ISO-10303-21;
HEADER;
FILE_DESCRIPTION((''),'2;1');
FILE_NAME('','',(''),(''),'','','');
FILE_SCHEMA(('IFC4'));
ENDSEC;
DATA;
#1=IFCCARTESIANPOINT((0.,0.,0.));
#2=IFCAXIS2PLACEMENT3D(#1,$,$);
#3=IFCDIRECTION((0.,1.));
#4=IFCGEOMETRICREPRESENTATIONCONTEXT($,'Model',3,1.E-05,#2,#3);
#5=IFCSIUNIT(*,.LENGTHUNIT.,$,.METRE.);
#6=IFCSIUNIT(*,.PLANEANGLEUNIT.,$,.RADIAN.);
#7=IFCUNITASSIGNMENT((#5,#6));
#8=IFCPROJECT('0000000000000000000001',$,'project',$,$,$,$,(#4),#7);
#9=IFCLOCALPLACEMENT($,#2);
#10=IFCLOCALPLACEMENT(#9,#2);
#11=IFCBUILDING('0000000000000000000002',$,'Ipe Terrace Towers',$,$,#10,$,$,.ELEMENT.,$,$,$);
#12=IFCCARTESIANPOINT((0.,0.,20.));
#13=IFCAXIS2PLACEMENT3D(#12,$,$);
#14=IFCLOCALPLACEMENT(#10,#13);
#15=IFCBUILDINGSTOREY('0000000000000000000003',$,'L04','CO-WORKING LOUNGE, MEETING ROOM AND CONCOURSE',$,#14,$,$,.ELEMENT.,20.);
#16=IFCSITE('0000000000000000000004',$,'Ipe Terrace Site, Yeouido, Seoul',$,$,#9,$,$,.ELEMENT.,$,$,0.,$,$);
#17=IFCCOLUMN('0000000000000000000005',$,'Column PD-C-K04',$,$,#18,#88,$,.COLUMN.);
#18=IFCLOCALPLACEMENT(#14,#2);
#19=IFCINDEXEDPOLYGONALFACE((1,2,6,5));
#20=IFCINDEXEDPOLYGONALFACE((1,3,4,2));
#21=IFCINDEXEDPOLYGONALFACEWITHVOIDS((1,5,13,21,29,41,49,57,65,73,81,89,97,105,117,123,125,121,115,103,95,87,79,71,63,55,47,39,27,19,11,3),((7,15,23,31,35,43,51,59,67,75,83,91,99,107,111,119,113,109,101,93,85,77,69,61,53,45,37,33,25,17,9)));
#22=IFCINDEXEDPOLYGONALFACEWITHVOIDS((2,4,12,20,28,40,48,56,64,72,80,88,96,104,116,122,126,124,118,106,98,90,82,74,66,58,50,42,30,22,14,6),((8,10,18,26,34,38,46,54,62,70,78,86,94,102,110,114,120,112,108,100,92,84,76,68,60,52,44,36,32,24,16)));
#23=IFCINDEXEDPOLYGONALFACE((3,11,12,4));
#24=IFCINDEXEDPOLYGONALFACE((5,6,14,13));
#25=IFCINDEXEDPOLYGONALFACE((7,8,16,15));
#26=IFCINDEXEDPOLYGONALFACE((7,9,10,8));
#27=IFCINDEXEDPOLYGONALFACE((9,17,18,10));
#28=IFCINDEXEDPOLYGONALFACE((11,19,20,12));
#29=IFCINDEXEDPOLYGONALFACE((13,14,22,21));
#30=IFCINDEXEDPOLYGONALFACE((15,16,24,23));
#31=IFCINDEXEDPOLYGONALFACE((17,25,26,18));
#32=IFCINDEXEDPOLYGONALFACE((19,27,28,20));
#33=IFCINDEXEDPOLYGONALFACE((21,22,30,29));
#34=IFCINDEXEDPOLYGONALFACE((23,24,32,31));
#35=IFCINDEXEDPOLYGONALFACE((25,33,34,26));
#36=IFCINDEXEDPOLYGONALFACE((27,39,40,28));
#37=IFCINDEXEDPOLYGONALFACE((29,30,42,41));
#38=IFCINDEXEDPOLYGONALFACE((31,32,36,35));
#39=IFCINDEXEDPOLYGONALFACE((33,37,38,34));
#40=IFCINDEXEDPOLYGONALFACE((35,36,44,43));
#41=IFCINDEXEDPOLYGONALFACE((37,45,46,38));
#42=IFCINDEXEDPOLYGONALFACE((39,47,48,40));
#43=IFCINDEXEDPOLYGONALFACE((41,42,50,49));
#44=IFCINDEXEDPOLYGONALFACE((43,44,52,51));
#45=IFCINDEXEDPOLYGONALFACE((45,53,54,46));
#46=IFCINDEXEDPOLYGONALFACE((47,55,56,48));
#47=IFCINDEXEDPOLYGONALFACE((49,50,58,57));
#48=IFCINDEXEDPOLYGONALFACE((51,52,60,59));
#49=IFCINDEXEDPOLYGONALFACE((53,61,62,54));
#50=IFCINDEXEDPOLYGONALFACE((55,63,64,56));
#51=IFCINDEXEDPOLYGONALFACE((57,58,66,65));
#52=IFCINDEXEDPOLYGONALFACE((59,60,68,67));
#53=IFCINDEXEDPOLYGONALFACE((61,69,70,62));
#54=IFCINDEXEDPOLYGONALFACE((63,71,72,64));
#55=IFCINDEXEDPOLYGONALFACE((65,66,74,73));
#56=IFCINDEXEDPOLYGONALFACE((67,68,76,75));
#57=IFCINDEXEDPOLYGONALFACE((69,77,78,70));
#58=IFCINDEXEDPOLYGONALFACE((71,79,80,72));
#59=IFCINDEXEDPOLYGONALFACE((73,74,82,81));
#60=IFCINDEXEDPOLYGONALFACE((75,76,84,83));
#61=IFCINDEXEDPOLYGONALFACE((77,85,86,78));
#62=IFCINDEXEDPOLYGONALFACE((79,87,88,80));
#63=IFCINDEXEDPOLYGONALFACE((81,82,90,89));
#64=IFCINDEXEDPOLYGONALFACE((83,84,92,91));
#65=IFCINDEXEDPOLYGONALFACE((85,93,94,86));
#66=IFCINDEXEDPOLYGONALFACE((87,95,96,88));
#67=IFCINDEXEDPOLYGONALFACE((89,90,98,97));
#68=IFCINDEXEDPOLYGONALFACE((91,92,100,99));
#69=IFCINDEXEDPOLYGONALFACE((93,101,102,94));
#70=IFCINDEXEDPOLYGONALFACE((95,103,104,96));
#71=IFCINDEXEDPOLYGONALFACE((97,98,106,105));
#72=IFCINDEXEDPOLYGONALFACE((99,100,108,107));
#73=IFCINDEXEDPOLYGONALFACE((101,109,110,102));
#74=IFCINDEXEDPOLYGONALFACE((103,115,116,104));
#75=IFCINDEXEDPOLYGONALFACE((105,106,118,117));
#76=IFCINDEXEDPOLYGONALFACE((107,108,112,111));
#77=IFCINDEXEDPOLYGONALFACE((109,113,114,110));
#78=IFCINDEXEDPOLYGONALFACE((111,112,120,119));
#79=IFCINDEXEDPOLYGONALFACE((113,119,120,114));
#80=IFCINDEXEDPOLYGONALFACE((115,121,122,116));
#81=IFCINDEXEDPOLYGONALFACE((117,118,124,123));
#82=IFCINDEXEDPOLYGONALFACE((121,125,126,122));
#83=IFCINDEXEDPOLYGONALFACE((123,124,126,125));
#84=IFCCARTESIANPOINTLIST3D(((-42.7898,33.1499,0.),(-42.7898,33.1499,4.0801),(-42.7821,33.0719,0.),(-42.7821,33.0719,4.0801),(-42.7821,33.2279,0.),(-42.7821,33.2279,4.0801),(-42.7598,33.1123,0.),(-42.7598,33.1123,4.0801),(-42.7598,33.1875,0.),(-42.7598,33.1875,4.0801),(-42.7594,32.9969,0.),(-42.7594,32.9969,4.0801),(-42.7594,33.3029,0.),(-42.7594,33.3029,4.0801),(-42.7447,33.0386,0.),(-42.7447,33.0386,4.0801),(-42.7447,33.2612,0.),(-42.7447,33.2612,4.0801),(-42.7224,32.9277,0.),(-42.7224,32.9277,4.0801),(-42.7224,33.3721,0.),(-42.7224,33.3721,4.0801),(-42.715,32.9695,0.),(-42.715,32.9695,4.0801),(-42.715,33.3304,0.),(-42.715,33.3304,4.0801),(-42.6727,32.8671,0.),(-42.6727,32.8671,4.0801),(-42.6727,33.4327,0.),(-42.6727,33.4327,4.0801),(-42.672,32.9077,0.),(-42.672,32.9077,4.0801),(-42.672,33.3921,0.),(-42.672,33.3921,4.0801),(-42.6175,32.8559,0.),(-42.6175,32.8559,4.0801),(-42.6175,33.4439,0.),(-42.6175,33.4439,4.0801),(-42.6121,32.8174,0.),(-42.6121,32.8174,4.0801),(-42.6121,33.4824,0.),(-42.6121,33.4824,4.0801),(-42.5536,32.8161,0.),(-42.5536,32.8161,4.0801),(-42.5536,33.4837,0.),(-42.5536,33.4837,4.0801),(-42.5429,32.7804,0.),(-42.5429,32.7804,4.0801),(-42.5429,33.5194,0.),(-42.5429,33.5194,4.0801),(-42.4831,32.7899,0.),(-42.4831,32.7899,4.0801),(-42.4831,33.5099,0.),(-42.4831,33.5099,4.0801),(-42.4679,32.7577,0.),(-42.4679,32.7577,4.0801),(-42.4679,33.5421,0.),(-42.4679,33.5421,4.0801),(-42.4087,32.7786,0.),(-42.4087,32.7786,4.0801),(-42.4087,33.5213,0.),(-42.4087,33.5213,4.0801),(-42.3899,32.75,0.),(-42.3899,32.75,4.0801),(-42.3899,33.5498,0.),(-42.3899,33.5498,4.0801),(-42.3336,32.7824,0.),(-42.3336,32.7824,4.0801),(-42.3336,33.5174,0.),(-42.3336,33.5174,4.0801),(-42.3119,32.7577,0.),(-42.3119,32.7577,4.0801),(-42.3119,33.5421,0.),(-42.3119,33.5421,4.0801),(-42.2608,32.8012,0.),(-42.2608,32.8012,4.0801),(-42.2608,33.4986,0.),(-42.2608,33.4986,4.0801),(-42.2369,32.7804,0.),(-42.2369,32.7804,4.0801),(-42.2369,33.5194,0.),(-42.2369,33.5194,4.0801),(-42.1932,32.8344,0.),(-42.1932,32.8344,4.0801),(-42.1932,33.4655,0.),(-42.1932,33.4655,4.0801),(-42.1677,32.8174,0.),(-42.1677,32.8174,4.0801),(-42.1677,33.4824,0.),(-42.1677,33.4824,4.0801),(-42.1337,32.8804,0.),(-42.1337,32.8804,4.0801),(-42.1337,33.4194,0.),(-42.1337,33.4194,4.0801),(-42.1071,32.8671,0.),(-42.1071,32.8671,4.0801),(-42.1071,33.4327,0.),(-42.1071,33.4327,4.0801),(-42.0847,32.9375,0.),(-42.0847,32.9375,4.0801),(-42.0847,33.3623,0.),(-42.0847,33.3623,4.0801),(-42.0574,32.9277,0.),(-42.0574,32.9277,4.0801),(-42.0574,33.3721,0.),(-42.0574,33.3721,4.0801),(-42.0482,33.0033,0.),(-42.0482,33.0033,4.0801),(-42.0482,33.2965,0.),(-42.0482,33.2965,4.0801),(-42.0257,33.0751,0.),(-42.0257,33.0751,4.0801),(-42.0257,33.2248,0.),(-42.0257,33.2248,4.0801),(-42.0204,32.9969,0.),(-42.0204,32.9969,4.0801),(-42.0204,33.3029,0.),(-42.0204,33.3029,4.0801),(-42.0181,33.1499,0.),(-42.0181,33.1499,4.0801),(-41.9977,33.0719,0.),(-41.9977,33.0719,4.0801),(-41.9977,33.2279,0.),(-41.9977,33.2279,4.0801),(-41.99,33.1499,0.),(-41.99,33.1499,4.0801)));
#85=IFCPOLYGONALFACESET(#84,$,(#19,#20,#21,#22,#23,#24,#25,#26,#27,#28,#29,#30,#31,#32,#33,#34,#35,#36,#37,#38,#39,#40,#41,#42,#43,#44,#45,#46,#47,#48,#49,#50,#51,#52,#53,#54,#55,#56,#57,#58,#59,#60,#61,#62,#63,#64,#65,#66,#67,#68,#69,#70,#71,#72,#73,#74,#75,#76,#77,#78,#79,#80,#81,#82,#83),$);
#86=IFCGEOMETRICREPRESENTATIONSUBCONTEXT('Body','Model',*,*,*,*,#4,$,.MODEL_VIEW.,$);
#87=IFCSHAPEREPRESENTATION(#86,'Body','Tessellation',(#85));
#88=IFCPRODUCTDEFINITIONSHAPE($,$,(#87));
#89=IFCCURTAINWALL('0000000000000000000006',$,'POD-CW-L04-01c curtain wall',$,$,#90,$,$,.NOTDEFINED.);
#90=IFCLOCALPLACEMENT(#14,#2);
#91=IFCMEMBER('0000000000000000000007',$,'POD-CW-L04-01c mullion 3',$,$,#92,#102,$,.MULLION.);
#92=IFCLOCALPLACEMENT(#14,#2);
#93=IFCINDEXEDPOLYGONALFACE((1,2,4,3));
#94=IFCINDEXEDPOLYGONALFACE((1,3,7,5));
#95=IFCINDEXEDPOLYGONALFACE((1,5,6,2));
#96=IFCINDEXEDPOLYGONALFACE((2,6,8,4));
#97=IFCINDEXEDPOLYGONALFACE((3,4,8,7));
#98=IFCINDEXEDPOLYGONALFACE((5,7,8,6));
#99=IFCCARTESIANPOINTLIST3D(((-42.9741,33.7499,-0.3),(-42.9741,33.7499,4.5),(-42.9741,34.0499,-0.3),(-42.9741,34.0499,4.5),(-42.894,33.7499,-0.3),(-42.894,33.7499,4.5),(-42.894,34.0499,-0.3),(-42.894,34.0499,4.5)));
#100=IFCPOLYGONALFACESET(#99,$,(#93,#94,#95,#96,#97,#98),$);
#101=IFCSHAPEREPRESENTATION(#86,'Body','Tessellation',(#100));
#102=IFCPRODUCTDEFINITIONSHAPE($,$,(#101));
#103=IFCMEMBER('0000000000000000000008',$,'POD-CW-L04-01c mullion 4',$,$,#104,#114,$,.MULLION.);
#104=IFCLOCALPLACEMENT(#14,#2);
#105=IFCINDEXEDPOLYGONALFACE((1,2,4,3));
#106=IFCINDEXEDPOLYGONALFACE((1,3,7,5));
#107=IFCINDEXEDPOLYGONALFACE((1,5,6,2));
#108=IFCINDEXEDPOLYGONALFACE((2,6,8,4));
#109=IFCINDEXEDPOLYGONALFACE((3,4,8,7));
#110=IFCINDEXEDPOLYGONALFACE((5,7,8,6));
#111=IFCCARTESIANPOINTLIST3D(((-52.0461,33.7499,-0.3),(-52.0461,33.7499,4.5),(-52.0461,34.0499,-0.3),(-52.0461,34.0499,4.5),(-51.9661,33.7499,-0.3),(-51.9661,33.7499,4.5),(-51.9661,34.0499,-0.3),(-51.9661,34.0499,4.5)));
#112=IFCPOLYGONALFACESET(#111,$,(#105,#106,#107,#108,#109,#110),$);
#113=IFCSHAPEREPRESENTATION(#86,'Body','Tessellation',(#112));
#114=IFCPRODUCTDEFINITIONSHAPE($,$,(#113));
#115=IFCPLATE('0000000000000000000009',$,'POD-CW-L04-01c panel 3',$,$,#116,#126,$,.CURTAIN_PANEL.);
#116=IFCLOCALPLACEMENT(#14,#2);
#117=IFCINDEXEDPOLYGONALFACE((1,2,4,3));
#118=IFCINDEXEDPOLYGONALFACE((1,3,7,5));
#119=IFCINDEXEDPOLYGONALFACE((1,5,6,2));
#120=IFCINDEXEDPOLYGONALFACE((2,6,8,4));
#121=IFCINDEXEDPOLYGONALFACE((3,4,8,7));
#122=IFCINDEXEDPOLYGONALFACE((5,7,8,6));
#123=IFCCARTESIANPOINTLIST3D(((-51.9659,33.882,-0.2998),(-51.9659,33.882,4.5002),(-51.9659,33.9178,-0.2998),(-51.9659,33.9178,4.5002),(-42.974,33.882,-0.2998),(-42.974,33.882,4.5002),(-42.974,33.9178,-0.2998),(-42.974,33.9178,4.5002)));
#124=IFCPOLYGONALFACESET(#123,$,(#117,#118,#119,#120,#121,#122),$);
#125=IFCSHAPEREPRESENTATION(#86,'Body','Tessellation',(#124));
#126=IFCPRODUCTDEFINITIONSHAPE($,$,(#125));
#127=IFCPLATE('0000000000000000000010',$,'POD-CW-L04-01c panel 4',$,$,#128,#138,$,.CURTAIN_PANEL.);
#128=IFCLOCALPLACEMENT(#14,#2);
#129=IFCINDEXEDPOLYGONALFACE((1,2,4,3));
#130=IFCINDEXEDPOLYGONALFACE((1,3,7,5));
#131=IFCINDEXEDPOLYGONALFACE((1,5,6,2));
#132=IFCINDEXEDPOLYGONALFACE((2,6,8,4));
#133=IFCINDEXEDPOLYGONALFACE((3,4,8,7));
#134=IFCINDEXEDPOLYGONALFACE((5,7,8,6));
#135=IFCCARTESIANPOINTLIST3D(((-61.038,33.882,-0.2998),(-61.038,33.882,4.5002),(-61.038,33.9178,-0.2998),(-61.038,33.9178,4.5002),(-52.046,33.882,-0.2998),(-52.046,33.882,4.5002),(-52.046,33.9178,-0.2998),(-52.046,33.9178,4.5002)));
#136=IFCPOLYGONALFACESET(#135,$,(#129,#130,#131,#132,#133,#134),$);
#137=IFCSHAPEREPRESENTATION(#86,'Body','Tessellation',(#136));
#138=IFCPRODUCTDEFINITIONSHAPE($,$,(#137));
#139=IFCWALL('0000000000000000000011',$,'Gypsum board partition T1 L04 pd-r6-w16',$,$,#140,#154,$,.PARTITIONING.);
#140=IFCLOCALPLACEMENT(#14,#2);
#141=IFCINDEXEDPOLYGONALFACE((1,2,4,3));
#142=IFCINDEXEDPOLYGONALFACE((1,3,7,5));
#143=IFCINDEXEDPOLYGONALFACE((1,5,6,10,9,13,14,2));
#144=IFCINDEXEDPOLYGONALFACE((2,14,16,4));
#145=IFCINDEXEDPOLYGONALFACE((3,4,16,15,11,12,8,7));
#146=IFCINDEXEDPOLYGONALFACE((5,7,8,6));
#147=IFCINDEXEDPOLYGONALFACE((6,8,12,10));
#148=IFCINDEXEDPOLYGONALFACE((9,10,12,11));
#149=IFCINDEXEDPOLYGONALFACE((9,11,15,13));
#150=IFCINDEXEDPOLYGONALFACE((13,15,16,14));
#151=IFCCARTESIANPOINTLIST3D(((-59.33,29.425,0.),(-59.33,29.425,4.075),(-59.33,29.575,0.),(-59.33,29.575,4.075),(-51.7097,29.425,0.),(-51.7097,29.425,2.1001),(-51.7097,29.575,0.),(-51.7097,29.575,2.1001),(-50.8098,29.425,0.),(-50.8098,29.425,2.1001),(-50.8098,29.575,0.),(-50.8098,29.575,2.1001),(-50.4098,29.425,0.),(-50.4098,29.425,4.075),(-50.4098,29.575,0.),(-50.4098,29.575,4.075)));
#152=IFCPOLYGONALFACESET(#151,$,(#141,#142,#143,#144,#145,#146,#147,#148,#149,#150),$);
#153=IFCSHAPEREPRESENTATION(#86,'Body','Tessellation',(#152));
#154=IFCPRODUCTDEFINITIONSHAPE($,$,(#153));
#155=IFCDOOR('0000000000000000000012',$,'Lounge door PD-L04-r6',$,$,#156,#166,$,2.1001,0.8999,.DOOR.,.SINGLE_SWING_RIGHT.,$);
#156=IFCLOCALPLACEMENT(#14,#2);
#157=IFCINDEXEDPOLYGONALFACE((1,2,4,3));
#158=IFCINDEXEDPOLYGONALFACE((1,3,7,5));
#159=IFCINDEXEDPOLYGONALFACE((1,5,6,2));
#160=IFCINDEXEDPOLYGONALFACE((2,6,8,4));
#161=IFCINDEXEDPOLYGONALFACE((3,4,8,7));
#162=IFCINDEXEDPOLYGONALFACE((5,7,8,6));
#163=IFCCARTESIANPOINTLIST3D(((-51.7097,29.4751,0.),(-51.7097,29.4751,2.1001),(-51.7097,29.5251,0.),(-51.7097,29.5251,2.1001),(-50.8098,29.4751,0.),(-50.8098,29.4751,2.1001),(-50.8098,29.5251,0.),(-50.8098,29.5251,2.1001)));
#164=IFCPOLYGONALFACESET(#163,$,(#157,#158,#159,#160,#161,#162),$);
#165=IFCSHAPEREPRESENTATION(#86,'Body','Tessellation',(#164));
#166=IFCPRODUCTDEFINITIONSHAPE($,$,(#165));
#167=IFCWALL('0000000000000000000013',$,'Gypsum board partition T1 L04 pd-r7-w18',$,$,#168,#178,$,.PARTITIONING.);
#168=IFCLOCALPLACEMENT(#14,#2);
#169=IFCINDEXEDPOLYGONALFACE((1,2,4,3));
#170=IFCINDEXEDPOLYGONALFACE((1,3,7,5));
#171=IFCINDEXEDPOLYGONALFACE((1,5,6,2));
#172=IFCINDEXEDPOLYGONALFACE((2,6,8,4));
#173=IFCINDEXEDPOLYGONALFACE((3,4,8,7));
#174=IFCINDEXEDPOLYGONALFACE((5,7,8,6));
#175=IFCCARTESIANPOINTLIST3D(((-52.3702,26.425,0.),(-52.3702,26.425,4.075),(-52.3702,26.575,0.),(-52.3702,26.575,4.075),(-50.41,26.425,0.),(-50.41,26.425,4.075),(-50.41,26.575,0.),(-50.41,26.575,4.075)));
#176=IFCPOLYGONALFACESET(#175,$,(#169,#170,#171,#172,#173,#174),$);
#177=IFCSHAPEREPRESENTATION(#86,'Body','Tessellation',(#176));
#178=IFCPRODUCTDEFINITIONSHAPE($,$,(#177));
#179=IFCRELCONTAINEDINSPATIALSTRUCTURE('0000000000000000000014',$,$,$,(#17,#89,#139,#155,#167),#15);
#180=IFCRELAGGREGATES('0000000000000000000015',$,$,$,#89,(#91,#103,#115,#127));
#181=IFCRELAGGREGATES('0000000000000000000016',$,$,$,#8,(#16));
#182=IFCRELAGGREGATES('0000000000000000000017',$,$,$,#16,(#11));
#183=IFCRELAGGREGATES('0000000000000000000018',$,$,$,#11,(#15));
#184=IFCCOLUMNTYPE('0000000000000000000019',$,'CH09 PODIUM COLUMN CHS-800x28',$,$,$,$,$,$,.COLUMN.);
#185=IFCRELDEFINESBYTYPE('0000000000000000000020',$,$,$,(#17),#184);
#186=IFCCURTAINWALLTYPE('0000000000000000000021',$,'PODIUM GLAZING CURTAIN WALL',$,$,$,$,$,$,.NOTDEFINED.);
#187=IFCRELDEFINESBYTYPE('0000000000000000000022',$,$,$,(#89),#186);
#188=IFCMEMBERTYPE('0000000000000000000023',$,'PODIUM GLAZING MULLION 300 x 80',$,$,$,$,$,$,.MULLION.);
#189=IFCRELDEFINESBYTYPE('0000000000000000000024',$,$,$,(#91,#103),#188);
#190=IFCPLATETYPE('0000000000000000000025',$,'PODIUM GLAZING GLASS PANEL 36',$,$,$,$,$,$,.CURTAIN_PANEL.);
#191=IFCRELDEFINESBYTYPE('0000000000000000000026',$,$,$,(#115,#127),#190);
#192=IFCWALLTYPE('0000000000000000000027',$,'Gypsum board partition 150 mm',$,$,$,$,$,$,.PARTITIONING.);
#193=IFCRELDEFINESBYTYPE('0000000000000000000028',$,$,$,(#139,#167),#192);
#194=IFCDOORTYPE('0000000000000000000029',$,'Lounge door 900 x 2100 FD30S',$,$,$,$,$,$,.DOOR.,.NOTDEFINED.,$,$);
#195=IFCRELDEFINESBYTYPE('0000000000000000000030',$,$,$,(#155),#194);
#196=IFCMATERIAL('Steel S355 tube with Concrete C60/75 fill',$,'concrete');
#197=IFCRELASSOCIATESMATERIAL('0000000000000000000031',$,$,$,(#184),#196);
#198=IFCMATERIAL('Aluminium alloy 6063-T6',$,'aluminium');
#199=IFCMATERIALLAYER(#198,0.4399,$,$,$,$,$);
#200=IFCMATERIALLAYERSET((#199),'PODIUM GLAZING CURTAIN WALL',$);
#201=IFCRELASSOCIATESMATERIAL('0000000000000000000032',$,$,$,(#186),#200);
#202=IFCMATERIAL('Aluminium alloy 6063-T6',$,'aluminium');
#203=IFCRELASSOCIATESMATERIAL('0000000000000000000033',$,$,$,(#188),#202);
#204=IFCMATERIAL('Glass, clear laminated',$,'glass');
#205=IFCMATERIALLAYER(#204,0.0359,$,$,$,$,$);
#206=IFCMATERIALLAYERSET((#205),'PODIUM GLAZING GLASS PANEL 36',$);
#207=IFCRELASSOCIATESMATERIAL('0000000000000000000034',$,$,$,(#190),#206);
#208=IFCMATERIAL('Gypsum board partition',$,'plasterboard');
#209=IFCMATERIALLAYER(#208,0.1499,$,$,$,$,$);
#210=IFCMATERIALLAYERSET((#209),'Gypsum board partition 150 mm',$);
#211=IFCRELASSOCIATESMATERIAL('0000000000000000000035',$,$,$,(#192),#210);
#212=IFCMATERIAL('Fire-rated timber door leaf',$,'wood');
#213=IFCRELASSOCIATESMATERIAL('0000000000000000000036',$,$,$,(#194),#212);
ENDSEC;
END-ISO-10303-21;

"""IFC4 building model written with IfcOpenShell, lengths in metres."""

from ifc_helpers import new_model, si_unit, direction, frame, frame_2d, origin, origin_2d, place, context, subcontext, project, spatial, rectangle, hollow_circle, extrude, material, layer, layer_set, material_profile, profile_set, type_object, element, fill, aggregate, save


model = new_model("IFC4")

# Units and contexts
model_context = context("Model", 3, precision=1e-05, world=origin(), true_north=direction((0.0, 1.0)))
body_context = subcontext(model_context, "Body", "Model", "MODEL_VIEW")
ifc_project = project(units=[si_unit("LENGTHUNIT", "METRE"), si_unit("PLANEANGLEUNIT", "RADIAN")], contexts=[model_context])

# Site, building, storey
site_placement = place(None, origin())
site = spatial("IfcSite", under=ifc_project, at=site_placement, Name="Ipe Terrace Site, Yeouido, Seoul", CompositionType="ELEMENT", RefElevation=0.0)
building_placement = place(site_placement, origin())
building = spatial("IfcBuilding", under=site, at=building_placement, Name="Ipe Terrace Towers", CompositionType="ELEMENT")
storey_placement = place(building_placement, frame((0.0, 0.0, 20.0)))
storey = spatial("IfcBuildingStorey", under=building, at=storey_placement, Name="L04", Description="CO-WORKING LOUNGE, MEETING ROOM AND CONCOURSE", CompositionType="ELEMENT", Elevation=20.0)

# Column
ifc_material_1 = material(Name="Steel S355 tube with Concrete C60/75 fill", Category="concrete")
ifc_material_profile_1 = material_profile(ifc_material_1, hollow_circle(Radius=0.3999, WallThickness=0.0281, at=origin_2d()), Name="CHS-800x28")
ifc_profile_set_1 = profile_set([ifc_material_profile_1], Name="Steel S355 tube with Concrete C60/75 fill")
column_type = type_object("IfcColumnType", Name="CH09 PODIUM COLUMN CHS-800x28", PredefinedType="COLUMN", material=ifc_profile_set_1)
for number, where, z_axis, x_axis, name in (
    (1, (-42.3899, 33.1499, 0.0), (0.0, 0.0, 1.0), (1.0, 0.0, 0.0), "Column PD-C-K04"),
):
    element("IfcColumn", number, at=place(storey_placement, frame(where, z_axis=z_axis, x_axis=x_axis)), inside=storey, type_object=column_type, Name=name, PredefinedType="COLUMN", context=body_context, shape_type="SweptSolid", body=[
        extrude(hollow_circle(Radius=0.3999, WallThickness=0.0281, at=origin_2d()), origin(), (0.0, 0.0, 1.0), 4.0801),
    ])

# Curtain wall, members, plates
ifc_material_2 = material(Name="Aluminium alloy 6063-T6", Category="aluminium")
ifc_layer_1 = layer(ifc_material_2, 0.4399)
ifc_layer_set_1 = layer_set([ifc_layer_1], Name="PODIUM GLAZING CURTAIN WALL")
curtain_wall_type = type_object("IfcCurtainWallType", Name="PODIUM GLAZING CURTAIN WALL", PredefinedType="NOTDEFINED", material=ifc_layer_set_1)
curtain_wall_placement = place(storey_placement, origin())
curtain_wall = element("IfcCurtainWall", 2, at=curtain_wall_placement, inside=storey, type_object=curtain_wall_type, Name="POD-CW-L04-01c curtain wall", PredefinedType="NOTDEFINED")
ifc_material_3 = material(Name="Aluminium alloy 6063-T6", Category="aluminium")
ifc_material_profile_2 = material_profile(ifc_material_3, rectangle(XDim=0.3, YDim=0.0801, at=origin_2d()), Name="PODIUM GLAZING MULLION 300 x 80")
ifc_profile_set_2 = profile_set([ifc_material_profile_2], Name="Aluminium alloy 6063-T6")
member_type = type_object("IfcMemberType", Name="PODIUM GLAZING MULLION 300 x 80", PredefinedType="MULLION", material=ifc_profile_set_2)
member_1_placement = place(storey_placement, frame((-42.9341, 33.8999, -0.3), z_axis=(0.0, 0.0, 1.0), x_axis=(0.0, 1.0, 0.0)))
member_1 = element("IfcMember", 3, at=member_1_placement, type_object=member_type, Name="POD-CW-L04-01c mullion 3", PredefinedType="MULLION", context=body_context, shape_type="SweptSolid", body=[
    extrude(rectangle(XDim=0.3, YDim=0.0801, at=origin_2d()), origin(), (0.0, 0.0, 1.0), 4.8),
])
member_2_placement = place(storey_placement, frame((-52.0061, 33.8999, -0.3), z_axis=(0.0, 0.0, 1.0), x_axis=(0.0, 1.0, 0.0)))
member_2 = element("IfcMember", 4, at=member_2_placement, type_object=member_type, Name="POD-CW-L04-01c mullion 4", PredefinedType="MULLION", context=body_context, shape_type="SweptSolid", body=[
    extrude(rectangle(XDim=0.3, YDim=0.0801, at=origin_2d()), origin(), (0.0, 0.0, 1.0), 4.8),
])
ifc_material_4 = material(Name="Glass, clear laminated", Category="glass")
ifc_layer_2 = layer(ifc_material_4, 0.0359)
ifc_layer_set_2 = layer_set([ifc_layer_2], Name="PODIUM GLAZING GLASS PANEL 36")
plate_type = type_object("IfcPlateType", Name="PODIUM GLAZING GLASS PANEL 36", PredefinedType="CURTAIN_PANEL", material=ifc_layer_set_2)
plate_1_placement = place(storey_placement, frame((-47.47, 33.8999, -0.2998), z_axis=(0.0, 0.0, 1.0), x_axis=(-1.0, 0.0, 0.0)))
plate_1 = element("IfcPlate", 5, at=plate_1_placement, type_object=plate_type, Name="POD-CW-L04-01c panel 3", PredefinedType="CURTAIN_PANEL", context=body_context, shape_type="SweptSolid", body=[
    extrude(rectangle(XDim=8.9919, YDim=0.0359, at=origin_2d()), origin(), (0.0, 0.0, 1.0), 4.8),
])
plate_2_placement = place(storey_placement, frame((-56.542, 33.8999, -0.2998), z_axis=(0.0, 0.0, 1.0), x_axis=(-1.0, 0.0, 0.0)))
plate_2 = element("IfcPlate", 6, at=plate_2_placement, type_object=plate_type, Name="POD-CW-L04-01c panel 4", PredefinedType="CURTAIN_PANEL", context=body_context, shape_type="SweptSolid", body=[
    extrude(rectangle(XDim=8.9919, YDim=0.0359, at=origin_2d()), origin(), (0.0, 0.0, 1.0), 4.8),
])
aggregate(curtain_wall, [member_1, member_2, plate_1, plate_2])

# Wall, opening, door
ifc_material_5 = material(Name="Gypsum board partition", Category="plasterboard")
ifc_layer_3 = layer(ifc_material_5, 0.1499)
ifc_layer_set_3 = layer_set([ifc_layer_3], Name="Gypsum board partition 150 mm")
wall_type_1 = type_object("IfcWallType", Name="Gypsum board partition 150 mm", PredefinedType="PARTITIONING", material=ifc_layer_set_3)
wall_1_placement = place(storey_placement, frame((-50.4099, 29.5, 0.0), z_axis=(0.0, 0.0, 1.0), x_axis=(-1.0, 0.0, 0.0)))
wall_1 = element("IfcWall", 7, at=wall_1_placement, inside=storey, type_object=wall_type_1, Name="Gypsum board partition T1 L04 pd-r6-w16", PredefinedType="PARTITIONING", context=body_context, shape_type="SweptSolid", body=[
    extrude(rectangle(XDim=8.9202, YDim=0.1499, at=frame_2d((4.46, 0.0))), origin(), (0.0, 0.0, 1.0), 4.075),
])
opening_1_placement = place(wall_1_placement, frame((0.3999, 0.0, 0.0)))
opening_1 = element("IfcOpeningElement", 8, at=opening_1_placement, cuts=wall_1, PredefinedType="OPENING", context=body_context, shape_type="SweptSolid", body=[
    extrude(rectangle(XDim=0.8999, YDim=2.1001, at=frame_2d((0.45, 1.05))), frame((0.0, 0.085, 0.0), z_axis=(0.0, -1.0, 0.0), x_axis=(1.0, 0.0, 0.0)), (0.0, 0.0, 1.0), 0.1699),
])
ifc_material_6 = material(Name="Fire-rated timber door leaf", Category="wood")
door_type_1 = type_object("IfcDoorType", Name="Lounge door 900 x 2100 FD30S", OperationType="NOTDEFINED", PredefinedType="DOOR", material=ifc_material_6)
door_1_placement = place(opening_1_placement, origin())
door_1 = element("IfcDoor", 9, at=door_1_placement, inside=storey, type_object=door_type_1, Name="Lounge door PD-L04-r6", OperationType="SINGLE_SWING_RIGHT", OverallHeight=2.1001, OverallWidth=0.8999, PredefinedType="DOOR", context=body_context, shape_type="SweptSolid", body=[
    extrude(rectangle(XDim=0.8999, YDim=2.1001, at=frame_2d((0.45, 1.05))), frame((0.0, 0.0249, 0.0), z_axis=(0.0, -1.0, 0.0), x_axis=(1.0, 0.0, 0.0)), (0.0, 0.0, 1.0), 0.05),
])
fill(opening_1, door_1)

# Wall
wall_2_placement = place(storey_placement, frame((-52.3701, 26.5, 0.0), z_axis=(0.0, 0.0, 1.0), x_axis=(1.0, 0.0, 0.0)))
element("IfcWall", 10, at=wall_2_placement, inside=storey, type_object=wall_type_1, Name="Gypsum board partition T1 L04 pd-r7-w18", PredefinedType="PARTITIONING", context=body_context, shape_type="SweptSolid", body=[
    extrude(rectangle(XDim=1.9602, YDim=0.1499, at=frame_2d((0.98, 0.0))), origin(), (0.0, 0.0, 1.0), 4.075),
])

save(model, "model.ifc")
